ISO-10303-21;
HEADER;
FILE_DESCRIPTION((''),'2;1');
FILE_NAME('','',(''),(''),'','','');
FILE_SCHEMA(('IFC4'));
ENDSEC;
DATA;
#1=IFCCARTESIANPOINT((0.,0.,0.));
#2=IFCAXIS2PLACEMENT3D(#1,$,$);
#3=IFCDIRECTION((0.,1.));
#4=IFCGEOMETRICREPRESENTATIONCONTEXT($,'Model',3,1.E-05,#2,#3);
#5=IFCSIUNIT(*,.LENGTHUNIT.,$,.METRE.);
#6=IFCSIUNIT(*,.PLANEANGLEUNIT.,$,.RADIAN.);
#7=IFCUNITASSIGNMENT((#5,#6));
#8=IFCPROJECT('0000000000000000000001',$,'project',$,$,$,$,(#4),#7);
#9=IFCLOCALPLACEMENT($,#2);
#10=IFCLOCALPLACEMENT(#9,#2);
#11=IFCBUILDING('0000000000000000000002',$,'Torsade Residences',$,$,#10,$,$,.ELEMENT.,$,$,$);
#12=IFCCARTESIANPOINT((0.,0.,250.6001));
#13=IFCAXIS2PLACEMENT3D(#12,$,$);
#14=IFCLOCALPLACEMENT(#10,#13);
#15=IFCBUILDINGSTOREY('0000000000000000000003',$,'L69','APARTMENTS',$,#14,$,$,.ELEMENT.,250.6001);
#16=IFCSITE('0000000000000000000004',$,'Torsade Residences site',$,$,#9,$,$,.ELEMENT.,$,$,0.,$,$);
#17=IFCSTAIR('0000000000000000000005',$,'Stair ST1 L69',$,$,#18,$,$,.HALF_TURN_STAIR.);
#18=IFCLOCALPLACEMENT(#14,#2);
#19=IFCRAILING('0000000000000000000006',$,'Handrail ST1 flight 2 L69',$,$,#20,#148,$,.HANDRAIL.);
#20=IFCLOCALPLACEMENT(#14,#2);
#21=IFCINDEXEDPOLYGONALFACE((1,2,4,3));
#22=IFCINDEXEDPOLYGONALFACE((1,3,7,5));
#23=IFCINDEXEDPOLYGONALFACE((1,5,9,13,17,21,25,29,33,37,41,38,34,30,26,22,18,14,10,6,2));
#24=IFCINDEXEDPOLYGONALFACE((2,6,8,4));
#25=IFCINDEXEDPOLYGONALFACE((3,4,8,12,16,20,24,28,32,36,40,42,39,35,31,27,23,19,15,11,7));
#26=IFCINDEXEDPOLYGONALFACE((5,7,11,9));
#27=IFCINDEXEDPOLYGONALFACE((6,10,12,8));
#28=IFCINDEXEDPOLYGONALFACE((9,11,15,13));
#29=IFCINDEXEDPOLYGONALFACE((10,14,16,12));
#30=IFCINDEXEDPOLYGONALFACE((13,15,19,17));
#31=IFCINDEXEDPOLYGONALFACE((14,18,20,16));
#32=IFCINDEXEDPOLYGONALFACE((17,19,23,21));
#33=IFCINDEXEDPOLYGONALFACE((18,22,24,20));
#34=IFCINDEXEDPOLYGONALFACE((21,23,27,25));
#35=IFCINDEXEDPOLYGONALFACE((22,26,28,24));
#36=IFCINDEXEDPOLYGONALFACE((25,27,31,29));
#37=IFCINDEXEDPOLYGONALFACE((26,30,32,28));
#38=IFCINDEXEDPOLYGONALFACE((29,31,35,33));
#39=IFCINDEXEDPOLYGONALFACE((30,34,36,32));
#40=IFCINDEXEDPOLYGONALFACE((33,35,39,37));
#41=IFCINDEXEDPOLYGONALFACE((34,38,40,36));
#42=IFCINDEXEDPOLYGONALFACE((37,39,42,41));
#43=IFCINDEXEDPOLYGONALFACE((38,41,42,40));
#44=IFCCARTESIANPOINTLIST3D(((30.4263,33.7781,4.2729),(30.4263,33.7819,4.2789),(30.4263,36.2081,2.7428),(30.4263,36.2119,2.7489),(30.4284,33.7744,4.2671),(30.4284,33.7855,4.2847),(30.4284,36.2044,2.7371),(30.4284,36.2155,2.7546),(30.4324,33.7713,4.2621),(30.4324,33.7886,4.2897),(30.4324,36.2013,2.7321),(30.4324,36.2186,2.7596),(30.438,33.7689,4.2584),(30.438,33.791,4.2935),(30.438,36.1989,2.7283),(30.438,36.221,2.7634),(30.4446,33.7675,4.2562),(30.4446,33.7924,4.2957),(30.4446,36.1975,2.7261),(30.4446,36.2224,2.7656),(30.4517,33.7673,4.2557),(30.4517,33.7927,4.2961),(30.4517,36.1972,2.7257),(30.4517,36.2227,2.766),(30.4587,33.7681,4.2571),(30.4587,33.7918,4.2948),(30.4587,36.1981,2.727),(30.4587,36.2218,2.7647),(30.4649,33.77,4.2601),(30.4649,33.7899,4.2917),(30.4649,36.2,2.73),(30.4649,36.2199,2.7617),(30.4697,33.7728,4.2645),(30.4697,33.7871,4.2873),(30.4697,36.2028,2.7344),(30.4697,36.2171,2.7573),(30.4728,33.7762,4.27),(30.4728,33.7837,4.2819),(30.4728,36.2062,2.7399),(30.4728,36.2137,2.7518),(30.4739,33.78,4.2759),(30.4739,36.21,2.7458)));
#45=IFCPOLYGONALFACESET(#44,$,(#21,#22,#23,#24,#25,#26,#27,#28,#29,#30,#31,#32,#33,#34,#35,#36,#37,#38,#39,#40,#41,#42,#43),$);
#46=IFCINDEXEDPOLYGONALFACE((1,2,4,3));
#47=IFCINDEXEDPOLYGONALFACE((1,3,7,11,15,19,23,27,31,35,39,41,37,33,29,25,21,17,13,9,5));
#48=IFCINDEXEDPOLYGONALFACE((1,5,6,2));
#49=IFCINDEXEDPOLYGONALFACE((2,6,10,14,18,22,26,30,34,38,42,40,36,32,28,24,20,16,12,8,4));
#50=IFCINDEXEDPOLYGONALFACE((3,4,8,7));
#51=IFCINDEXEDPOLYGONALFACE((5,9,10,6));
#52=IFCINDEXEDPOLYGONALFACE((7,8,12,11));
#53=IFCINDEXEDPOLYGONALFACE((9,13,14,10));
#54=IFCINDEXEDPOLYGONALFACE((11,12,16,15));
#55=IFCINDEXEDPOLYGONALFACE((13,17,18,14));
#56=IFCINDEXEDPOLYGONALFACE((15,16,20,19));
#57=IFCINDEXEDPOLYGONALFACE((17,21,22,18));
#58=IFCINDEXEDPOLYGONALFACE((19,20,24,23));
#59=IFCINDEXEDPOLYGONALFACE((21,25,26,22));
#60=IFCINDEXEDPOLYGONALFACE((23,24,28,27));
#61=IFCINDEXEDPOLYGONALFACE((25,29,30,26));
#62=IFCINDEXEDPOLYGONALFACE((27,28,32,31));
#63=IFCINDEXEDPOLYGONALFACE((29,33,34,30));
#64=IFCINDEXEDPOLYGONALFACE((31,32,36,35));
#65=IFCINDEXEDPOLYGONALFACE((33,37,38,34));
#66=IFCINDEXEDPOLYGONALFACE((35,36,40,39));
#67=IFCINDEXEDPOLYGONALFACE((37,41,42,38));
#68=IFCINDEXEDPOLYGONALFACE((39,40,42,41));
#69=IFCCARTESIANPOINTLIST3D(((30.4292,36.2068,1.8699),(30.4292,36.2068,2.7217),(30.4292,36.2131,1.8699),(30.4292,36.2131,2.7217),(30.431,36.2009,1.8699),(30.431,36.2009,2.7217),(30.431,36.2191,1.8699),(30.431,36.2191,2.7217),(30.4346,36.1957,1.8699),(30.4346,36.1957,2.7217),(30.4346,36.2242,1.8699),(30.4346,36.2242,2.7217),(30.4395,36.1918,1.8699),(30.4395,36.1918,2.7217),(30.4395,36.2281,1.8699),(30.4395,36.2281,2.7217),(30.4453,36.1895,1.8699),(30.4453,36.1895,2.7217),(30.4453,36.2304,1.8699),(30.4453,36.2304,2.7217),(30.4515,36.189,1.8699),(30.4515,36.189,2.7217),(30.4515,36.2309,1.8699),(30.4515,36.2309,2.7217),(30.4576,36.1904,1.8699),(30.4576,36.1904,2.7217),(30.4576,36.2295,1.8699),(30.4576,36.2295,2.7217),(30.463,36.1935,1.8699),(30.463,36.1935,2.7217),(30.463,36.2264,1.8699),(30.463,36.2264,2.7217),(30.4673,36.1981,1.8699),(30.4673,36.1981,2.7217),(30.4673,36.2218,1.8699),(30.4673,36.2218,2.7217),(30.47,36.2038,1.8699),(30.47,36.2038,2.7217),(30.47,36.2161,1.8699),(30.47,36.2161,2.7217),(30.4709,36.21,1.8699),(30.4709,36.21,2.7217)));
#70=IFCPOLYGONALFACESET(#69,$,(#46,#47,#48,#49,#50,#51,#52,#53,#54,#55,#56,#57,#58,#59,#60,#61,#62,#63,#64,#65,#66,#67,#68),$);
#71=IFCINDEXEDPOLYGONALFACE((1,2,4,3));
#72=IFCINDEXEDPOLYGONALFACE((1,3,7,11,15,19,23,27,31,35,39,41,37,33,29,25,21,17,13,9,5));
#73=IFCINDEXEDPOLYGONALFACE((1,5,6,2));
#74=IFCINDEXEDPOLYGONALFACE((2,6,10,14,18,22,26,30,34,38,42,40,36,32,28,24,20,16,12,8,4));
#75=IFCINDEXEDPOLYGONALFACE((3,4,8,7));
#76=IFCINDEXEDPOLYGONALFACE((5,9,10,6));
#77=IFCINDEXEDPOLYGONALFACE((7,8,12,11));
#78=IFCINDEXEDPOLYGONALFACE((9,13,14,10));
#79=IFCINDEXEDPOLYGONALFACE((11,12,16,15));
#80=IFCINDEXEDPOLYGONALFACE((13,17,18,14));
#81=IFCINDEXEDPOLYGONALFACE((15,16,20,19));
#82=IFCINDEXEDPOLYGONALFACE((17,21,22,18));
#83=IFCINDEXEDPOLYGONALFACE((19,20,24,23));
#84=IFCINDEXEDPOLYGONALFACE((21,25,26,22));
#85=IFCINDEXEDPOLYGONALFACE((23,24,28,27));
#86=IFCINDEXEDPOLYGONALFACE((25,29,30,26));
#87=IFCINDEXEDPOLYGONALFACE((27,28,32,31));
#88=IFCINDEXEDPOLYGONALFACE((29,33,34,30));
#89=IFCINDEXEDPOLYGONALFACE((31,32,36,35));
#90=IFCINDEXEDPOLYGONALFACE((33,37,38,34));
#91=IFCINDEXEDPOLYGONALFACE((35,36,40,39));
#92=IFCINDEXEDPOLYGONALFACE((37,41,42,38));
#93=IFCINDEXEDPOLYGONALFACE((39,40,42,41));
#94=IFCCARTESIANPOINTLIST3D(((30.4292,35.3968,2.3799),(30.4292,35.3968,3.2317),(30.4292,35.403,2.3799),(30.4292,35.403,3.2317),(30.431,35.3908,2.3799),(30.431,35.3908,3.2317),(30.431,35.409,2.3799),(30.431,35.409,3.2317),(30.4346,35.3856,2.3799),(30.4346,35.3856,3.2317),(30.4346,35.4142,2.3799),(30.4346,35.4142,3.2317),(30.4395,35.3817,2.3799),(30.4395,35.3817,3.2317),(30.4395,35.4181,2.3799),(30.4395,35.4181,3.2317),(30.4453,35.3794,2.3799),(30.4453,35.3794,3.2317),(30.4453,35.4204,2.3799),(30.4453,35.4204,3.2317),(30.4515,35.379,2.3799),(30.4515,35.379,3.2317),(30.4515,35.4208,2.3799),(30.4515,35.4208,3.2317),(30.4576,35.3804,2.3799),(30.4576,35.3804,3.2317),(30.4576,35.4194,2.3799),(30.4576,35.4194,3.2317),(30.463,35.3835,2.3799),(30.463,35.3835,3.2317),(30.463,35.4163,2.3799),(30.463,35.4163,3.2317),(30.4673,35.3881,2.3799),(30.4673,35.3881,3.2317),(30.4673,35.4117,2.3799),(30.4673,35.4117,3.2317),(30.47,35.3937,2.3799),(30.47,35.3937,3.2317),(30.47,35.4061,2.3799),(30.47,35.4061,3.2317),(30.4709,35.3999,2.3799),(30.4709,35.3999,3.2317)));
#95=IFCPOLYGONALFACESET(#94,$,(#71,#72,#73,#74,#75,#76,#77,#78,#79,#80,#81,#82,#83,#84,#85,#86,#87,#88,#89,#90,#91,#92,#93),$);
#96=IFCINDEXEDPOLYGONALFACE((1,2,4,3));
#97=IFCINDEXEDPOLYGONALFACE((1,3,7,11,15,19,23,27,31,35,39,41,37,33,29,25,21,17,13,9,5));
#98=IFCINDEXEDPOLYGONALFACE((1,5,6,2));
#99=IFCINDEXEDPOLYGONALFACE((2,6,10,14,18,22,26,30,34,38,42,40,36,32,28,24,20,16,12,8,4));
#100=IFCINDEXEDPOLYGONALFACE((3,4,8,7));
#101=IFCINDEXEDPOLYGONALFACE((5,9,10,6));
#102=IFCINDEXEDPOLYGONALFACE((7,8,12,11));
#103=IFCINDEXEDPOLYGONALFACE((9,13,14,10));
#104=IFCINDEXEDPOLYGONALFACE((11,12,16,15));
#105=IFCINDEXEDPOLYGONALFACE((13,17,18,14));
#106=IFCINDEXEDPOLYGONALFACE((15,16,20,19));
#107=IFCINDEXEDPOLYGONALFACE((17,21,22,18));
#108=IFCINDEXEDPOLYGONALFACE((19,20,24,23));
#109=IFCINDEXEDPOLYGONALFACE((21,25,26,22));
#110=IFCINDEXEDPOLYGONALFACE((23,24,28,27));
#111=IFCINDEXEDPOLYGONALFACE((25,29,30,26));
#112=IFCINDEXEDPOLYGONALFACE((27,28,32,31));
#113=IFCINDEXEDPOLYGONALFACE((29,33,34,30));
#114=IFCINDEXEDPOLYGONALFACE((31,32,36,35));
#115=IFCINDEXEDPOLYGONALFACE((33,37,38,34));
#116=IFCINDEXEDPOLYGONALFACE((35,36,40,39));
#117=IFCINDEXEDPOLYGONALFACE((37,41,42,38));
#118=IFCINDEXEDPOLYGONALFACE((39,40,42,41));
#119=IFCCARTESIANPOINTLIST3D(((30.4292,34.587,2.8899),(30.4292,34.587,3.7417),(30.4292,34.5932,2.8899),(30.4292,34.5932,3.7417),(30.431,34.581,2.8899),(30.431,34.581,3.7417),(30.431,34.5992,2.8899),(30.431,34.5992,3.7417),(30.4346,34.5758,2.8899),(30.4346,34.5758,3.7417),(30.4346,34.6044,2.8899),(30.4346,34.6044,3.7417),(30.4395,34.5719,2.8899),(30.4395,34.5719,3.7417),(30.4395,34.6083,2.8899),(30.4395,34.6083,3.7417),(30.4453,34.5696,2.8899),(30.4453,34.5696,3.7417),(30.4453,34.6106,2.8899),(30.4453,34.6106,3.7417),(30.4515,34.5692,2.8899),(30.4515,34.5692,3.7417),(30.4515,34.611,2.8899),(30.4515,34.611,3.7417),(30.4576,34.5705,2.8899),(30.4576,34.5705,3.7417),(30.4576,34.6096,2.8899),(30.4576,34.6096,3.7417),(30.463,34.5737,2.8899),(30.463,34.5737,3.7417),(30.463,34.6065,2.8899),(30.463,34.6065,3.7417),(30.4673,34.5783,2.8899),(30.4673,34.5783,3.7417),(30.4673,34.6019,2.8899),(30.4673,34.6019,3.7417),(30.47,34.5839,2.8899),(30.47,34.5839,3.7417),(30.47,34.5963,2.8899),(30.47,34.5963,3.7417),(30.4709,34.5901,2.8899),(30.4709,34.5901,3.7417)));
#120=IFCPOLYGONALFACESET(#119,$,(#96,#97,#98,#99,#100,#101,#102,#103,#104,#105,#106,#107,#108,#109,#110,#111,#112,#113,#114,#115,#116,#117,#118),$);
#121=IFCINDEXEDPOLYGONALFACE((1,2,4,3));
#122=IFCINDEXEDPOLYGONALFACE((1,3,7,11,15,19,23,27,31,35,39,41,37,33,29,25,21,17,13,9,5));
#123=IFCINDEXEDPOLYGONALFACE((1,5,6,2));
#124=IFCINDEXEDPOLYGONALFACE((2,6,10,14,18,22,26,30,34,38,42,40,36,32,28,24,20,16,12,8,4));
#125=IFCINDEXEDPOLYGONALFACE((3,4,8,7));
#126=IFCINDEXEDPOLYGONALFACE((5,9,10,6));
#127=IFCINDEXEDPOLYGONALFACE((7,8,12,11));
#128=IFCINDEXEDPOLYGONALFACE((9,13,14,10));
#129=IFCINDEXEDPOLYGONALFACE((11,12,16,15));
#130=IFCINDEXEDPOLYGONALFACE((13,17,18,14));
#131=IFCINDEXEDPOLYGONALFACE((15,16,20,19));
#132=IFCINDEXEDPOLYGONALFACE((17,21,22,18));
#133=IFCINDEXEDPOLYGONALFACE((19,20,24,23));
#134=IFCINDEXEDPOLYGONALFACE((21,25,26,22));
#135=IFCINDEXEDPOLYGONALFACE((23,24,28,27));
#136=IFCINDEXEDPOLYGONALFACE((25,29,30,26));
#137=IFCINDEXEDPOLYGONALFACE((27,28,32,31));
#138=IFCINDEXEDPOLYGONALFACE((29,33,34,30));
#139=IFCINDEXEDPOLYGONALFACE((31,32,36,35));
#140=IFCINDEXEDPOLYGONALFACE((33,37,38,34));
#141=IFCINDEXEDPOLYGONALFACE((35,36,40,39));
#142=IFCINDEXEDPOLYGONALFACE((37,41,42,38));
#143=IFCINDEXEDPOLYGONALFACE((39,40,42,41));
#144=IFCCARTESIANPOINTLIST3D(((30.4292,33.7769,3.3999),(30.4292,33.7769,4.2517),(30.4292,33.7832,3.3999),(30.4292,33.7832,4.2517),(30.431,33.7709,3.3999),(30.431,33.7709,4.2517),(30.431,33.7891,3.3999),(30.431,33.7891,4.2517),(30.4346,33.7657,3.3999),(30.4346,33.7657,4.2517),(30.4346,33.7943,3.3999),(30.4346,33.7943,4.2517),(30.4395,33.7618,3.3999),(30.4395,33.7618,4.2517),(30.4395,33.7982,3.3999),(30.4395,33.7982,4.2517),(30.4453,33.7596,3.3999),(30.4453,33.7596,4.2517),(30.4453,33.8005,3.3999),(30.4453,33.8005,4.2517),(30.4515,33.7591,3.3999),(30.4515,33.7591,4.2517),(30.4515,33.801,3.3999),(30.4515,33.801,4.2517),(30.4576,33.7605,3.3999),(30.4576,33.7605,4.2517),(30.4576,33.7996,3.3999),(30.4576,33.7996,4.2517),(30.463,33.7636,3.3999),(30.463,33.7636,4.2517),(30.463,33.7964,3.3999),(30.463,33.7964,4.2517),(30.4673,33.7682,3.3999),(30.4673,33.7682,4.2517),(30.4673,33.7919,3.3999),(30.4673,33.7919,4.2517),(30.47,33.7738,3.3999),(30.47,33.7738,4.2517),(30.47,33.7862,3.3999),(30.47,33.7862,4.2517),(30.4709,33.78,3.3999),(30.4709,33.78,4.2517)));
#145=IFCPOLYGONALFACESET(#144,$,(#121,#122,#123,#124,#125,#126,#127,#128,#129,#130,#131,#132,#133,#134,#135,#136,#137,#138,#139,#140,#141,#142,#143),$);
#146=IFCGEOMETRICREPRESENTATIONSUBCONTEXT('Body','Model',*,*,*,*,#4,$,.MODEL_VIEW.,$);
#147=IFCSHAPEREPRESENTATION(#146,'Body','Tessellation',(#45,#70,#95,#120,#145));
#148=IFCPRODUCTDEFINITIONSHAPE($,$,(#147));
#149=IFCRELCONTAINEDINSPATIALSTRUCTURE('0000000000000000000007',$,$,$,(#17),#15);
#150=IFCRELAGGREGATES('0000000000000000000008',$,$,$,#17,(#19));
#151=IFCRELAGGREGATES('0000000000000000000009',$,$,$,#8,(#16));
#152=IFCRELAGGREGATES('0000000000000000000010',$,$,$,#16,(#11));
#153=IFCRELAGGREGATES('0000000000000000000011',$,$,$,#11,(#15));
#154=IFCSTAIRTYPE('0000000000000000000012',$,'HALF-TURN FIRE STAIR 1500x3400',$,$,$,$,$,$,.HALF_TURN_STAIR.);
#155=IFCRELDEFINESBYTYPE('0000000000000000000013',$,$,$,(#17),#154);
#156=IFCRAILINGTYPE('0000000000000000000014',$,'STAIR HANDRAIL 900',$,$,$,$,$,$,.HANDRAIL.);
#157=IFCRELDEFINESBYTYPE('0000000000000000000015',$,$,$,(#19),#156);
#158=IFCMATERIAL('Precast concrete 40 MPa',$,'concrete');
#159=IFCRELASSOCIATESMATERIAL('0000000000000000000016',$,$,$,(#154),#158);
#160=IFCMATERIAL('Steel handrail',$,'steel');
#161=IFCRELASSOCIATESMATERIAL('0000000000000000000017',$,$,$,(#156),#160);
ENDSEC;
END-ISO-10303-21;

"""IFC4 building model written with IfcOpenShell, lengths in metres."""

from ifc_helpers import new_model, si_unit, direction, frame, origin, origin_2d, place, context, subcontext, project, spatial, circle, extrude, material, type_object, element, aggregate, save


model = new_model("IFC4")

# Units and contexts
model_context = context("Model", 3, precision=1e-05, world=origin(), true_north=direction((0.0, 1.0)))
body_context = subcontext(model_context, "Body", "Model", "MODEL_VIEW")
ifc_project = project(units=[si_unit("LENGTHUNIT", "METRE"), si_unit("PLANEANGLEUNIT", "RADIAN")], contexts=[model_context])

# Site, building, storey
site_placement = place(None, origin())
site = spatial("IfcSite", under=ifc_project, at=site_placement, Name="Torsade Residences site", CompositionType="ELEMENT", RefElevation=0.0)
building_placement = place(site_placement, origin())
building = spatial("IfcBuilding", under=site, at=building_placement, Name="Torsade Residences", CompositionType="ELEMENT")
storey_placement = place(building_placement, frame((0.0, 0.0, 250.6001)))
storey = spatial("IfcBuildingStorey", under=building, at=storey_placement, Name="L69", Description="APARTMENTS", CompositionType="ELEMENT", Elevation=250.6001)

# Stair, railing
ifc_material_1 = material(Name="Precast concrete 40 MPa", Category="concrete")
stair_type = type_object("IfcStairType", Name="HALF-TURN FIRE STAIR 1500x3400", PredefinedType="HALF_TURN_STAIR", material=ifc_material_1)
stair_placement = place(storey_placement, origin())
stair = element("IfcStair", 1, at=stair_placement, inside=storey, type_object=stair_type, Name="Stair ST1 L69", PredefinedType="HALF_TURN_STAIR")
ifc_material_2 = material(Name="Steel handrail", Category="steel")
railing_type = type_object("IfcRailingType", Name="STAIR HANDRAIL 900", PredefinedType="HANDRAIL", material=ifc_material_2)
railing_1_placement = place(storey_placement, frame((30.45, 36.21, 1.8699)))
railing_1 = element("IfcRailing", 2, at=railing_1_placement, type_object=railing_type, Name="Handrail ST1 flight 2 L69", PredefinedType="HANDRAIL", context=body_context, shape_type="SweptSolid", body=[
    extrude(circle(Radius=0.0239, at=origin_2d()), frame((0.0, 0.0, 0.876), z_axis=(0.0, -0.846221, 0.532831), x_axis=(1.0, 0.0, 0.0)), (0.0, 0.0, 1.0), 2.8716),
    extrude(circle(Radius=0.021, at=origin_2d()), origin(), (0.0, 0.0, 1.0), 0.8518),
    extrude(circle(Radius=0.021, at=origin_2d()), frame((0.0, -0.8101, 0.51)), (0.0, 0.0, 1.0), 0.8518),
    extrude(circle(Radius=0.021, at=origin_2d()), frame((0.0, -1.6199, 1.02)), (0.0, 0.0, 1.0), 0.8518),
    extrude(circle(Radius=0.021, at=origin_2d()), frame((0.0, -2.4299, 1.53)), (0.0, 0.0, 1.0), 0.8518),
])
aggregate(stair, [railing_1])

save(model, "model.ifc")
